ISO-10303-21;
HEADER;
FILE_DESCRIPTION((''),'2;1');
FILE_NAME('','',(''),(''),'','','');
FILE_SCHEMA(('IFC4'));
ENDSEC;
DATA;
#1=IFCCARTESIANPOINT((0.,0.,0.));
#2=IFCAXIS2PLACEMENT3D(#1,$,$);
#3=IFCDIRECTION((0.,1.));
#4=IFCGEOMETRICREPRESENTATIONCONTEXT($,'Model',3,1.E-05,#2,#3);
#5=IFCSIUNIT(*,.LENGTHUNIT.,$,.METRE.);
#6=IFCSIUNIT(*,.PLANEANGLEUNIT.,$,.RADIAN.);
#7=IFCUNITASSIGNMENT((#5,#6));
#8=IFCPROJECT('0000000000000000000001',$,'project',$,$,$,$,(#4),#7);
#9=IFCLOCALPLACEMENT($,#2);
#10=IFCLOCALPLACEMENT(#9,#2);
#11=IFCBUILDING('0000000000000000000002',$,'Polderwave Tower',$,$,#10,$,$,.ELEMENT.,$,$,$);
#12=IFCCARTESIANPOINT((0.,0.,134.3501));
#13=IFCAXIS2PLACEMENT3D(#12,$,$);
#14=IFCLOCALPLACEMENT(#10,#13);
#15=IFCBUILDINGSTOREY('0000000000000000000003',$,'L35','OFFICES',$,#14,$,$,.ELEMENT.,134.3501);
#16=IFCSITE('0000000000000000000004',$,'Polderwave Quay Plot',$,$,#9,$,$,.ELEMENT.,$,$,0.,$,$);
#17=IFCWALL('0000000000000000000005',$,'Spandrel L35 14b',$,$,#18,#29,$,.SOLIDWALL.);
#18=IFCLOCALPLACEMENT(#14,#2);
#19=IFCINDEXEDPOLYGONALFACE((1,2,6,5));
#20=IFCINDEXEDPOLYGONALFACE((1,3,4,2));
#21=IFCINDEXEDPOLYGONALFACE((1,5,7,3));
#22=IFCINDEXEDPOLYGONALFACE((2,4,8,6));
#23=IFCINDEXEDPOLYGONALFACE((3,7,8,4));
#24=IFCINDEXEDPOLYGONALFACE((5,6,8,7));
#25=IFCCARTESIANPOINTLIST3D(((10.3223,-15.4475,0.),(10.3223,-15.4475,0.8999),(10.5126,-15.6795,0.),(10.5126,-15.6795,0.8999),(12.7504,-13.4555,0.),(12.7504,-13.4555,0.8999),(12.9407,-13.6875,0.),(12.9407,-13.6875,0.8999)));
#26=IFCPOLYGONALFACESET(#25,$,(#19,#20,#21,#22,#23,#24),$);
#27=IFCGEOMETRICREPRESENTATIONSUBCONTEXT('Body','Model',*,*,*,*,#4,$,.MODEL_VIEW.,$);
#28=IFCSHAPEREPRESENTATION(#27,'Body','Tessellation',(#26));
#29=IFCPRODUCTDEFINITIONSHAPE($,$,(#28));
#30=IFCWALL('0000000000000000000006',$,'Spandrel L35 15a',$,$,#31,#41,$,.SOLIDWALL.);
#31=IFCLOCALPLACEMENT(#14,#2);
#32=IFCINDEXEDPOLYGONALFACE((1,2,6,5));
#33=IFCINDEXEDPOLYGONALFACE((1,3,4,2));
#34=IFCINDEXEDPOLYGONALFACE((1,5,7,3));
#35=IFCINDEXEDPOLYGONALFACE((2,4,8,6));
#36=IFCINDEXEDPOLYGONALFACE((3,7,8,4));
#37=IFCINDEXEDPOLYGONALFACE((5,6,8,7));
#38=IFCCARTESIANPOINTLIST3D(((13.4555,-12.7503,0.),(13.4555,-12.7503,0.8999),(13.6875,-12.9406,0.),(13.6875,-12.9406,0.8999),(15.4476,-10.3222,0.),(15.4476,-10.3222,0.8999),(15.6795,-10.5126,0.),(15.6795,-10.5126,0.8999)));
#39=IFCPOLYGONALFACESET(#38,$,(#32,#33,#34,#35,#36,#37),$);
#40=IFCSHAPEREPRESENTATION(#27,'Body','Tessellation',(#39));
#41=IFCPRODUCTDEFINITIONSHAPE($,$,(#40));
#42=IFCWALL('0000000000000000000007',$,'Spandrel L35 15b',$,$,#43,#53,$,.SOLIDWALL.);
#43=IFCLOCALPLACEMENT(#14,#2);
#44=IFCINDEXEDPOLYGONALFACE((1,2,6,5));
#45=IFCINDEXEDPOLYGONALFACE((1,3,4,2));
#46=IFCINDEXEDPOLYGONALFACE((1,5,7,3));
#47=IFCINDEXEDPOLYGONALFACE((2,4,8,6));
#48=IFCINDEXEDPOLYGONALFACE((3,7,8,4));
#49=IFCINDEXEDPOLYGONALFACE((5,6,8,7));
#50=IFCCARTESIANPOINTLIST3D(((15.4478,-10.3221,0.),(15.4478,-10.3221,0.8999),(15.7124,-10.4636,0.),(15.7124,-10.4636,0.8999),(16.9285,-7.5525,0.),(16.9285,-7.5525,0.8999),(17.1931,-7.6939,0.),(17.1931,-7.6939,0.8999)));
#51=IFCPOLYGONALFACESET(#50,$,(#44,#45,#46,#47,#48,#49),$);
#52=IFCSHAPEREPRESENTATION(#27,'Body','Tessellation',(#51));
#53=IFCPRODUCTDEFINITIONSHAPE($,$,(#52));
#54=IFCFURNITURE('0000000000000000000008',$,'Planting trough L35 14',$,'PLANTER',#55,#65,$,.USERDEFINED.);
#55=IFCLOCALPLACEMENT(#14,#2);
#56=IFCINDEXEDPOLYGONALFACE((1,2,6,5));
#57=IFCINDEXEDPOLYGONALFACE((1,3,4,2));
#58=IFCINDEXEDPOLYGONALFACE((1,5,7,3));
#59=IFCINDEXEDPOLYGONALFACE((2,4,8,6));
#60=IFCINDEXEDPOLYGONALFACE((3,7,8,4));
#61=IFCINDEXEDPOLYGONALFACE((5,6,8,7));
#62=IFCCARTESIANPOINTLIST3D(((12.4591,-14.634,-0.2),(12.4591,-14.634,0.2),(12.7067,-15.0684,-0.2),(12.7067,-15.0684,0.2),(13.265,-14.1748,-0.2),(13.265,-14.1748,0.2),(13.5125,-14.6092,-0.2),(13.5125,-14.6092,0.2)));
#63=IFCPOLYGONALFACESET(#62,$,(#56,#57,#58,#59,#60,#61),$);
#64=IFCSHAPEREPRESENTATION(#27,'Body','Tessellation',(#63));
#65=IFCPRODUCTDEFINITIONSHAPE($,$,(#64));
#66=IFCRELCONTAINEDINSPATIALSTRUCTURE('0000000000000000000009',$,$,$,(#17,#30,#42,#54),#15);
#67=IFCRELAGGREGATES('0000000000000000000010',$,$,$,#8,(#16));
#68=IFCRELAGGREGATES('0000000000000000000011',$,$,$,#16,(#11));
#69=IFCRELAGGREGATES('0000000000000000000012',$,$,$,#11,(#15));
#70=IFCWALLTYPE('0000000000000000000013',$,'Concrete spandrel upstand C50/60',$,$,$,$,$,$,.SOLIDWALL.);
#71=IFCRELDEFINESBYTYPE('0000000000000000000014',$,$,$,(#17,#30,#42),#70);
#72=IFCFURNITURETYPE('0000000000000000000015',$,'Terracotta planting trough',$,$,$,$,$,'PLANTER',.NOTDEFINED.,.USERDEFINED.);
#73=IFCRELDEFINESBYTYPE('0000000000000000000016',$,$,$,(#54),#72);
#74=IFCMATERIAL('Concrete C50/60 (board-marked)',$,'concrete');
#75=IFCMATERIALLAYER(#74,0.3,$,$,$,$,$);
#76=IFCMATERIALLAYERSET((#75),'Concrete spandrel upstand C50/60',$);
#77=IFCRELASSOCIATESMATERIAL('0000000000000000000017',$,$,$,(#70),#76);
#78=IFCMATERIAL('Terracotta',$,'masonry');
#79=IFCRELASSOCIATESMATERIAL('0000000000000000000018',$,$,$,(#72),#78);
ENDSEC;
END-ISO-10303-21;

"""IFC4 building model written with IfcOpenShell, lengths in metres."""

from ifc_helpers import new_model, si_unit, direction, frame, frame_2d, origin, origin_2d, place, context, subcontext, project, spatial, rectangle, extrude, material, layer, layer_set, type_object, element, save


model = new_model("IFC4")

# Units and contexts
model_context = context("Model", 3, precision=1e-05, world=origin(), true_north=direction((0.0, 1.0)))
body_context = subcontext(model_context, "Body", "Model", "MODEL_VIEW")
ifc_project = project(units=[si_unit("LENGTHUNIT", "METRE"), si_unit("PLANEANGLEUNIT", "RADIAN")], contexts=[model_context])

# Site, building, storey
site_placement = place(None, origin())
site = spatial("IfcSite", under=ifc_project, at=site_placement, Name="Polderwave Quay Plot", CompositionType="ELEMENT", RefElevation=0.0)
building_placement = place(site_placement, origin())
building = spatial("IfcBuilding", under=site, at=building_placement, Name="Polderwave Tower", CompositionType="ELEMENT")
storey_placement = place(building_placement, frame((0.0, 0.0, 134.3501)))
storey = spatial("IfcBuildingStorey", under=building, at=storey_placement, Name="L35", Description="OFFICES", CompositionType="ELEMENT", Elevation=134.3501)

# Walls
ifc_material_1 = material(Name="Concrete C50/60 (board-marked)", Category="concrete")
ifc_layer_1 = layer(ifc_material_1, 0.3)
ifc_layer_set_1 = layer_set([ifc_layer_1], Name="Concrete spandrel upstand C50/60")
wall_type = type_object("IfcWallType", Name="Concrete spandrel upstand C50/60", PredefinedType="SOLIDWALL", material=ifc_layer_set_1)
for number, where, z_axis, x_axis, name in (
    (1, (10.4175, -15.5635, 0.0), (0.0, 0.0, 1.0), (0.773111, 0.63427, 0.0), "Spandrel L35 14b"),
    (2, (13.5715, -12.8455, 0.0), (0.0, 0.0, 1.0), (0.63427, 0.773111, 0.0), "Spandrel L35 15a"),
    (3, (15.5801, -10.3928, 0.0), (0.0, 0.0, 1.0), (0.471488, 0.881873, 0.0), "Spandrel L35 15b"),
):
    element("IfcWall", number, at=place(storey_placement, frame(where, z_axis=z_axis, x_axis=x_axis)), inside=storey, type_object=wall_type, Name=name, PredefinedType="SOLIDWALL", context=body_context, shape_type="SweptSolid", body=[
        extrude(rectangle(XDim=3.1406, YDim=0.3, at=frame_2d((1.5703, 0.0))), origin(), (0.0, 0.0, 1.0), 0.8999),
    ])

# Furniture
ifc_material_2 = material(Name="Terracotta", Category="masonry")
furniture_type = type_object("IfcFurnitureType", Name="Terracotta planting trough", ElementType="PLANTER", AssemblyPlace="NOTDEFINED", PredefinedType="USERDEFINED", material=ifc_material_2)
furniture_placement = place(storey_placement, frame((12.9858, -14.6216, -0.2), z_axis=(0.0, 0.0, 1.0), x_axis=(0.868819, 0.49513, 0.0)))
element("IfcFurniture", 4, at=furniture_placement, inside=storey, type_object=furniture_type, Name="Planting trough L35 14", ObjectType="PLANTER", PredefinedType="USERDEFINED", context=body_context, shape_type="SweptSolid", body=[
    extrude(rectangle(XDim=0.9275, YDim=0.5, at=origin_2d()), origin(), (0.0, 0.0, 1.0), 0.3999),
])

save(model, "model.ifc")
